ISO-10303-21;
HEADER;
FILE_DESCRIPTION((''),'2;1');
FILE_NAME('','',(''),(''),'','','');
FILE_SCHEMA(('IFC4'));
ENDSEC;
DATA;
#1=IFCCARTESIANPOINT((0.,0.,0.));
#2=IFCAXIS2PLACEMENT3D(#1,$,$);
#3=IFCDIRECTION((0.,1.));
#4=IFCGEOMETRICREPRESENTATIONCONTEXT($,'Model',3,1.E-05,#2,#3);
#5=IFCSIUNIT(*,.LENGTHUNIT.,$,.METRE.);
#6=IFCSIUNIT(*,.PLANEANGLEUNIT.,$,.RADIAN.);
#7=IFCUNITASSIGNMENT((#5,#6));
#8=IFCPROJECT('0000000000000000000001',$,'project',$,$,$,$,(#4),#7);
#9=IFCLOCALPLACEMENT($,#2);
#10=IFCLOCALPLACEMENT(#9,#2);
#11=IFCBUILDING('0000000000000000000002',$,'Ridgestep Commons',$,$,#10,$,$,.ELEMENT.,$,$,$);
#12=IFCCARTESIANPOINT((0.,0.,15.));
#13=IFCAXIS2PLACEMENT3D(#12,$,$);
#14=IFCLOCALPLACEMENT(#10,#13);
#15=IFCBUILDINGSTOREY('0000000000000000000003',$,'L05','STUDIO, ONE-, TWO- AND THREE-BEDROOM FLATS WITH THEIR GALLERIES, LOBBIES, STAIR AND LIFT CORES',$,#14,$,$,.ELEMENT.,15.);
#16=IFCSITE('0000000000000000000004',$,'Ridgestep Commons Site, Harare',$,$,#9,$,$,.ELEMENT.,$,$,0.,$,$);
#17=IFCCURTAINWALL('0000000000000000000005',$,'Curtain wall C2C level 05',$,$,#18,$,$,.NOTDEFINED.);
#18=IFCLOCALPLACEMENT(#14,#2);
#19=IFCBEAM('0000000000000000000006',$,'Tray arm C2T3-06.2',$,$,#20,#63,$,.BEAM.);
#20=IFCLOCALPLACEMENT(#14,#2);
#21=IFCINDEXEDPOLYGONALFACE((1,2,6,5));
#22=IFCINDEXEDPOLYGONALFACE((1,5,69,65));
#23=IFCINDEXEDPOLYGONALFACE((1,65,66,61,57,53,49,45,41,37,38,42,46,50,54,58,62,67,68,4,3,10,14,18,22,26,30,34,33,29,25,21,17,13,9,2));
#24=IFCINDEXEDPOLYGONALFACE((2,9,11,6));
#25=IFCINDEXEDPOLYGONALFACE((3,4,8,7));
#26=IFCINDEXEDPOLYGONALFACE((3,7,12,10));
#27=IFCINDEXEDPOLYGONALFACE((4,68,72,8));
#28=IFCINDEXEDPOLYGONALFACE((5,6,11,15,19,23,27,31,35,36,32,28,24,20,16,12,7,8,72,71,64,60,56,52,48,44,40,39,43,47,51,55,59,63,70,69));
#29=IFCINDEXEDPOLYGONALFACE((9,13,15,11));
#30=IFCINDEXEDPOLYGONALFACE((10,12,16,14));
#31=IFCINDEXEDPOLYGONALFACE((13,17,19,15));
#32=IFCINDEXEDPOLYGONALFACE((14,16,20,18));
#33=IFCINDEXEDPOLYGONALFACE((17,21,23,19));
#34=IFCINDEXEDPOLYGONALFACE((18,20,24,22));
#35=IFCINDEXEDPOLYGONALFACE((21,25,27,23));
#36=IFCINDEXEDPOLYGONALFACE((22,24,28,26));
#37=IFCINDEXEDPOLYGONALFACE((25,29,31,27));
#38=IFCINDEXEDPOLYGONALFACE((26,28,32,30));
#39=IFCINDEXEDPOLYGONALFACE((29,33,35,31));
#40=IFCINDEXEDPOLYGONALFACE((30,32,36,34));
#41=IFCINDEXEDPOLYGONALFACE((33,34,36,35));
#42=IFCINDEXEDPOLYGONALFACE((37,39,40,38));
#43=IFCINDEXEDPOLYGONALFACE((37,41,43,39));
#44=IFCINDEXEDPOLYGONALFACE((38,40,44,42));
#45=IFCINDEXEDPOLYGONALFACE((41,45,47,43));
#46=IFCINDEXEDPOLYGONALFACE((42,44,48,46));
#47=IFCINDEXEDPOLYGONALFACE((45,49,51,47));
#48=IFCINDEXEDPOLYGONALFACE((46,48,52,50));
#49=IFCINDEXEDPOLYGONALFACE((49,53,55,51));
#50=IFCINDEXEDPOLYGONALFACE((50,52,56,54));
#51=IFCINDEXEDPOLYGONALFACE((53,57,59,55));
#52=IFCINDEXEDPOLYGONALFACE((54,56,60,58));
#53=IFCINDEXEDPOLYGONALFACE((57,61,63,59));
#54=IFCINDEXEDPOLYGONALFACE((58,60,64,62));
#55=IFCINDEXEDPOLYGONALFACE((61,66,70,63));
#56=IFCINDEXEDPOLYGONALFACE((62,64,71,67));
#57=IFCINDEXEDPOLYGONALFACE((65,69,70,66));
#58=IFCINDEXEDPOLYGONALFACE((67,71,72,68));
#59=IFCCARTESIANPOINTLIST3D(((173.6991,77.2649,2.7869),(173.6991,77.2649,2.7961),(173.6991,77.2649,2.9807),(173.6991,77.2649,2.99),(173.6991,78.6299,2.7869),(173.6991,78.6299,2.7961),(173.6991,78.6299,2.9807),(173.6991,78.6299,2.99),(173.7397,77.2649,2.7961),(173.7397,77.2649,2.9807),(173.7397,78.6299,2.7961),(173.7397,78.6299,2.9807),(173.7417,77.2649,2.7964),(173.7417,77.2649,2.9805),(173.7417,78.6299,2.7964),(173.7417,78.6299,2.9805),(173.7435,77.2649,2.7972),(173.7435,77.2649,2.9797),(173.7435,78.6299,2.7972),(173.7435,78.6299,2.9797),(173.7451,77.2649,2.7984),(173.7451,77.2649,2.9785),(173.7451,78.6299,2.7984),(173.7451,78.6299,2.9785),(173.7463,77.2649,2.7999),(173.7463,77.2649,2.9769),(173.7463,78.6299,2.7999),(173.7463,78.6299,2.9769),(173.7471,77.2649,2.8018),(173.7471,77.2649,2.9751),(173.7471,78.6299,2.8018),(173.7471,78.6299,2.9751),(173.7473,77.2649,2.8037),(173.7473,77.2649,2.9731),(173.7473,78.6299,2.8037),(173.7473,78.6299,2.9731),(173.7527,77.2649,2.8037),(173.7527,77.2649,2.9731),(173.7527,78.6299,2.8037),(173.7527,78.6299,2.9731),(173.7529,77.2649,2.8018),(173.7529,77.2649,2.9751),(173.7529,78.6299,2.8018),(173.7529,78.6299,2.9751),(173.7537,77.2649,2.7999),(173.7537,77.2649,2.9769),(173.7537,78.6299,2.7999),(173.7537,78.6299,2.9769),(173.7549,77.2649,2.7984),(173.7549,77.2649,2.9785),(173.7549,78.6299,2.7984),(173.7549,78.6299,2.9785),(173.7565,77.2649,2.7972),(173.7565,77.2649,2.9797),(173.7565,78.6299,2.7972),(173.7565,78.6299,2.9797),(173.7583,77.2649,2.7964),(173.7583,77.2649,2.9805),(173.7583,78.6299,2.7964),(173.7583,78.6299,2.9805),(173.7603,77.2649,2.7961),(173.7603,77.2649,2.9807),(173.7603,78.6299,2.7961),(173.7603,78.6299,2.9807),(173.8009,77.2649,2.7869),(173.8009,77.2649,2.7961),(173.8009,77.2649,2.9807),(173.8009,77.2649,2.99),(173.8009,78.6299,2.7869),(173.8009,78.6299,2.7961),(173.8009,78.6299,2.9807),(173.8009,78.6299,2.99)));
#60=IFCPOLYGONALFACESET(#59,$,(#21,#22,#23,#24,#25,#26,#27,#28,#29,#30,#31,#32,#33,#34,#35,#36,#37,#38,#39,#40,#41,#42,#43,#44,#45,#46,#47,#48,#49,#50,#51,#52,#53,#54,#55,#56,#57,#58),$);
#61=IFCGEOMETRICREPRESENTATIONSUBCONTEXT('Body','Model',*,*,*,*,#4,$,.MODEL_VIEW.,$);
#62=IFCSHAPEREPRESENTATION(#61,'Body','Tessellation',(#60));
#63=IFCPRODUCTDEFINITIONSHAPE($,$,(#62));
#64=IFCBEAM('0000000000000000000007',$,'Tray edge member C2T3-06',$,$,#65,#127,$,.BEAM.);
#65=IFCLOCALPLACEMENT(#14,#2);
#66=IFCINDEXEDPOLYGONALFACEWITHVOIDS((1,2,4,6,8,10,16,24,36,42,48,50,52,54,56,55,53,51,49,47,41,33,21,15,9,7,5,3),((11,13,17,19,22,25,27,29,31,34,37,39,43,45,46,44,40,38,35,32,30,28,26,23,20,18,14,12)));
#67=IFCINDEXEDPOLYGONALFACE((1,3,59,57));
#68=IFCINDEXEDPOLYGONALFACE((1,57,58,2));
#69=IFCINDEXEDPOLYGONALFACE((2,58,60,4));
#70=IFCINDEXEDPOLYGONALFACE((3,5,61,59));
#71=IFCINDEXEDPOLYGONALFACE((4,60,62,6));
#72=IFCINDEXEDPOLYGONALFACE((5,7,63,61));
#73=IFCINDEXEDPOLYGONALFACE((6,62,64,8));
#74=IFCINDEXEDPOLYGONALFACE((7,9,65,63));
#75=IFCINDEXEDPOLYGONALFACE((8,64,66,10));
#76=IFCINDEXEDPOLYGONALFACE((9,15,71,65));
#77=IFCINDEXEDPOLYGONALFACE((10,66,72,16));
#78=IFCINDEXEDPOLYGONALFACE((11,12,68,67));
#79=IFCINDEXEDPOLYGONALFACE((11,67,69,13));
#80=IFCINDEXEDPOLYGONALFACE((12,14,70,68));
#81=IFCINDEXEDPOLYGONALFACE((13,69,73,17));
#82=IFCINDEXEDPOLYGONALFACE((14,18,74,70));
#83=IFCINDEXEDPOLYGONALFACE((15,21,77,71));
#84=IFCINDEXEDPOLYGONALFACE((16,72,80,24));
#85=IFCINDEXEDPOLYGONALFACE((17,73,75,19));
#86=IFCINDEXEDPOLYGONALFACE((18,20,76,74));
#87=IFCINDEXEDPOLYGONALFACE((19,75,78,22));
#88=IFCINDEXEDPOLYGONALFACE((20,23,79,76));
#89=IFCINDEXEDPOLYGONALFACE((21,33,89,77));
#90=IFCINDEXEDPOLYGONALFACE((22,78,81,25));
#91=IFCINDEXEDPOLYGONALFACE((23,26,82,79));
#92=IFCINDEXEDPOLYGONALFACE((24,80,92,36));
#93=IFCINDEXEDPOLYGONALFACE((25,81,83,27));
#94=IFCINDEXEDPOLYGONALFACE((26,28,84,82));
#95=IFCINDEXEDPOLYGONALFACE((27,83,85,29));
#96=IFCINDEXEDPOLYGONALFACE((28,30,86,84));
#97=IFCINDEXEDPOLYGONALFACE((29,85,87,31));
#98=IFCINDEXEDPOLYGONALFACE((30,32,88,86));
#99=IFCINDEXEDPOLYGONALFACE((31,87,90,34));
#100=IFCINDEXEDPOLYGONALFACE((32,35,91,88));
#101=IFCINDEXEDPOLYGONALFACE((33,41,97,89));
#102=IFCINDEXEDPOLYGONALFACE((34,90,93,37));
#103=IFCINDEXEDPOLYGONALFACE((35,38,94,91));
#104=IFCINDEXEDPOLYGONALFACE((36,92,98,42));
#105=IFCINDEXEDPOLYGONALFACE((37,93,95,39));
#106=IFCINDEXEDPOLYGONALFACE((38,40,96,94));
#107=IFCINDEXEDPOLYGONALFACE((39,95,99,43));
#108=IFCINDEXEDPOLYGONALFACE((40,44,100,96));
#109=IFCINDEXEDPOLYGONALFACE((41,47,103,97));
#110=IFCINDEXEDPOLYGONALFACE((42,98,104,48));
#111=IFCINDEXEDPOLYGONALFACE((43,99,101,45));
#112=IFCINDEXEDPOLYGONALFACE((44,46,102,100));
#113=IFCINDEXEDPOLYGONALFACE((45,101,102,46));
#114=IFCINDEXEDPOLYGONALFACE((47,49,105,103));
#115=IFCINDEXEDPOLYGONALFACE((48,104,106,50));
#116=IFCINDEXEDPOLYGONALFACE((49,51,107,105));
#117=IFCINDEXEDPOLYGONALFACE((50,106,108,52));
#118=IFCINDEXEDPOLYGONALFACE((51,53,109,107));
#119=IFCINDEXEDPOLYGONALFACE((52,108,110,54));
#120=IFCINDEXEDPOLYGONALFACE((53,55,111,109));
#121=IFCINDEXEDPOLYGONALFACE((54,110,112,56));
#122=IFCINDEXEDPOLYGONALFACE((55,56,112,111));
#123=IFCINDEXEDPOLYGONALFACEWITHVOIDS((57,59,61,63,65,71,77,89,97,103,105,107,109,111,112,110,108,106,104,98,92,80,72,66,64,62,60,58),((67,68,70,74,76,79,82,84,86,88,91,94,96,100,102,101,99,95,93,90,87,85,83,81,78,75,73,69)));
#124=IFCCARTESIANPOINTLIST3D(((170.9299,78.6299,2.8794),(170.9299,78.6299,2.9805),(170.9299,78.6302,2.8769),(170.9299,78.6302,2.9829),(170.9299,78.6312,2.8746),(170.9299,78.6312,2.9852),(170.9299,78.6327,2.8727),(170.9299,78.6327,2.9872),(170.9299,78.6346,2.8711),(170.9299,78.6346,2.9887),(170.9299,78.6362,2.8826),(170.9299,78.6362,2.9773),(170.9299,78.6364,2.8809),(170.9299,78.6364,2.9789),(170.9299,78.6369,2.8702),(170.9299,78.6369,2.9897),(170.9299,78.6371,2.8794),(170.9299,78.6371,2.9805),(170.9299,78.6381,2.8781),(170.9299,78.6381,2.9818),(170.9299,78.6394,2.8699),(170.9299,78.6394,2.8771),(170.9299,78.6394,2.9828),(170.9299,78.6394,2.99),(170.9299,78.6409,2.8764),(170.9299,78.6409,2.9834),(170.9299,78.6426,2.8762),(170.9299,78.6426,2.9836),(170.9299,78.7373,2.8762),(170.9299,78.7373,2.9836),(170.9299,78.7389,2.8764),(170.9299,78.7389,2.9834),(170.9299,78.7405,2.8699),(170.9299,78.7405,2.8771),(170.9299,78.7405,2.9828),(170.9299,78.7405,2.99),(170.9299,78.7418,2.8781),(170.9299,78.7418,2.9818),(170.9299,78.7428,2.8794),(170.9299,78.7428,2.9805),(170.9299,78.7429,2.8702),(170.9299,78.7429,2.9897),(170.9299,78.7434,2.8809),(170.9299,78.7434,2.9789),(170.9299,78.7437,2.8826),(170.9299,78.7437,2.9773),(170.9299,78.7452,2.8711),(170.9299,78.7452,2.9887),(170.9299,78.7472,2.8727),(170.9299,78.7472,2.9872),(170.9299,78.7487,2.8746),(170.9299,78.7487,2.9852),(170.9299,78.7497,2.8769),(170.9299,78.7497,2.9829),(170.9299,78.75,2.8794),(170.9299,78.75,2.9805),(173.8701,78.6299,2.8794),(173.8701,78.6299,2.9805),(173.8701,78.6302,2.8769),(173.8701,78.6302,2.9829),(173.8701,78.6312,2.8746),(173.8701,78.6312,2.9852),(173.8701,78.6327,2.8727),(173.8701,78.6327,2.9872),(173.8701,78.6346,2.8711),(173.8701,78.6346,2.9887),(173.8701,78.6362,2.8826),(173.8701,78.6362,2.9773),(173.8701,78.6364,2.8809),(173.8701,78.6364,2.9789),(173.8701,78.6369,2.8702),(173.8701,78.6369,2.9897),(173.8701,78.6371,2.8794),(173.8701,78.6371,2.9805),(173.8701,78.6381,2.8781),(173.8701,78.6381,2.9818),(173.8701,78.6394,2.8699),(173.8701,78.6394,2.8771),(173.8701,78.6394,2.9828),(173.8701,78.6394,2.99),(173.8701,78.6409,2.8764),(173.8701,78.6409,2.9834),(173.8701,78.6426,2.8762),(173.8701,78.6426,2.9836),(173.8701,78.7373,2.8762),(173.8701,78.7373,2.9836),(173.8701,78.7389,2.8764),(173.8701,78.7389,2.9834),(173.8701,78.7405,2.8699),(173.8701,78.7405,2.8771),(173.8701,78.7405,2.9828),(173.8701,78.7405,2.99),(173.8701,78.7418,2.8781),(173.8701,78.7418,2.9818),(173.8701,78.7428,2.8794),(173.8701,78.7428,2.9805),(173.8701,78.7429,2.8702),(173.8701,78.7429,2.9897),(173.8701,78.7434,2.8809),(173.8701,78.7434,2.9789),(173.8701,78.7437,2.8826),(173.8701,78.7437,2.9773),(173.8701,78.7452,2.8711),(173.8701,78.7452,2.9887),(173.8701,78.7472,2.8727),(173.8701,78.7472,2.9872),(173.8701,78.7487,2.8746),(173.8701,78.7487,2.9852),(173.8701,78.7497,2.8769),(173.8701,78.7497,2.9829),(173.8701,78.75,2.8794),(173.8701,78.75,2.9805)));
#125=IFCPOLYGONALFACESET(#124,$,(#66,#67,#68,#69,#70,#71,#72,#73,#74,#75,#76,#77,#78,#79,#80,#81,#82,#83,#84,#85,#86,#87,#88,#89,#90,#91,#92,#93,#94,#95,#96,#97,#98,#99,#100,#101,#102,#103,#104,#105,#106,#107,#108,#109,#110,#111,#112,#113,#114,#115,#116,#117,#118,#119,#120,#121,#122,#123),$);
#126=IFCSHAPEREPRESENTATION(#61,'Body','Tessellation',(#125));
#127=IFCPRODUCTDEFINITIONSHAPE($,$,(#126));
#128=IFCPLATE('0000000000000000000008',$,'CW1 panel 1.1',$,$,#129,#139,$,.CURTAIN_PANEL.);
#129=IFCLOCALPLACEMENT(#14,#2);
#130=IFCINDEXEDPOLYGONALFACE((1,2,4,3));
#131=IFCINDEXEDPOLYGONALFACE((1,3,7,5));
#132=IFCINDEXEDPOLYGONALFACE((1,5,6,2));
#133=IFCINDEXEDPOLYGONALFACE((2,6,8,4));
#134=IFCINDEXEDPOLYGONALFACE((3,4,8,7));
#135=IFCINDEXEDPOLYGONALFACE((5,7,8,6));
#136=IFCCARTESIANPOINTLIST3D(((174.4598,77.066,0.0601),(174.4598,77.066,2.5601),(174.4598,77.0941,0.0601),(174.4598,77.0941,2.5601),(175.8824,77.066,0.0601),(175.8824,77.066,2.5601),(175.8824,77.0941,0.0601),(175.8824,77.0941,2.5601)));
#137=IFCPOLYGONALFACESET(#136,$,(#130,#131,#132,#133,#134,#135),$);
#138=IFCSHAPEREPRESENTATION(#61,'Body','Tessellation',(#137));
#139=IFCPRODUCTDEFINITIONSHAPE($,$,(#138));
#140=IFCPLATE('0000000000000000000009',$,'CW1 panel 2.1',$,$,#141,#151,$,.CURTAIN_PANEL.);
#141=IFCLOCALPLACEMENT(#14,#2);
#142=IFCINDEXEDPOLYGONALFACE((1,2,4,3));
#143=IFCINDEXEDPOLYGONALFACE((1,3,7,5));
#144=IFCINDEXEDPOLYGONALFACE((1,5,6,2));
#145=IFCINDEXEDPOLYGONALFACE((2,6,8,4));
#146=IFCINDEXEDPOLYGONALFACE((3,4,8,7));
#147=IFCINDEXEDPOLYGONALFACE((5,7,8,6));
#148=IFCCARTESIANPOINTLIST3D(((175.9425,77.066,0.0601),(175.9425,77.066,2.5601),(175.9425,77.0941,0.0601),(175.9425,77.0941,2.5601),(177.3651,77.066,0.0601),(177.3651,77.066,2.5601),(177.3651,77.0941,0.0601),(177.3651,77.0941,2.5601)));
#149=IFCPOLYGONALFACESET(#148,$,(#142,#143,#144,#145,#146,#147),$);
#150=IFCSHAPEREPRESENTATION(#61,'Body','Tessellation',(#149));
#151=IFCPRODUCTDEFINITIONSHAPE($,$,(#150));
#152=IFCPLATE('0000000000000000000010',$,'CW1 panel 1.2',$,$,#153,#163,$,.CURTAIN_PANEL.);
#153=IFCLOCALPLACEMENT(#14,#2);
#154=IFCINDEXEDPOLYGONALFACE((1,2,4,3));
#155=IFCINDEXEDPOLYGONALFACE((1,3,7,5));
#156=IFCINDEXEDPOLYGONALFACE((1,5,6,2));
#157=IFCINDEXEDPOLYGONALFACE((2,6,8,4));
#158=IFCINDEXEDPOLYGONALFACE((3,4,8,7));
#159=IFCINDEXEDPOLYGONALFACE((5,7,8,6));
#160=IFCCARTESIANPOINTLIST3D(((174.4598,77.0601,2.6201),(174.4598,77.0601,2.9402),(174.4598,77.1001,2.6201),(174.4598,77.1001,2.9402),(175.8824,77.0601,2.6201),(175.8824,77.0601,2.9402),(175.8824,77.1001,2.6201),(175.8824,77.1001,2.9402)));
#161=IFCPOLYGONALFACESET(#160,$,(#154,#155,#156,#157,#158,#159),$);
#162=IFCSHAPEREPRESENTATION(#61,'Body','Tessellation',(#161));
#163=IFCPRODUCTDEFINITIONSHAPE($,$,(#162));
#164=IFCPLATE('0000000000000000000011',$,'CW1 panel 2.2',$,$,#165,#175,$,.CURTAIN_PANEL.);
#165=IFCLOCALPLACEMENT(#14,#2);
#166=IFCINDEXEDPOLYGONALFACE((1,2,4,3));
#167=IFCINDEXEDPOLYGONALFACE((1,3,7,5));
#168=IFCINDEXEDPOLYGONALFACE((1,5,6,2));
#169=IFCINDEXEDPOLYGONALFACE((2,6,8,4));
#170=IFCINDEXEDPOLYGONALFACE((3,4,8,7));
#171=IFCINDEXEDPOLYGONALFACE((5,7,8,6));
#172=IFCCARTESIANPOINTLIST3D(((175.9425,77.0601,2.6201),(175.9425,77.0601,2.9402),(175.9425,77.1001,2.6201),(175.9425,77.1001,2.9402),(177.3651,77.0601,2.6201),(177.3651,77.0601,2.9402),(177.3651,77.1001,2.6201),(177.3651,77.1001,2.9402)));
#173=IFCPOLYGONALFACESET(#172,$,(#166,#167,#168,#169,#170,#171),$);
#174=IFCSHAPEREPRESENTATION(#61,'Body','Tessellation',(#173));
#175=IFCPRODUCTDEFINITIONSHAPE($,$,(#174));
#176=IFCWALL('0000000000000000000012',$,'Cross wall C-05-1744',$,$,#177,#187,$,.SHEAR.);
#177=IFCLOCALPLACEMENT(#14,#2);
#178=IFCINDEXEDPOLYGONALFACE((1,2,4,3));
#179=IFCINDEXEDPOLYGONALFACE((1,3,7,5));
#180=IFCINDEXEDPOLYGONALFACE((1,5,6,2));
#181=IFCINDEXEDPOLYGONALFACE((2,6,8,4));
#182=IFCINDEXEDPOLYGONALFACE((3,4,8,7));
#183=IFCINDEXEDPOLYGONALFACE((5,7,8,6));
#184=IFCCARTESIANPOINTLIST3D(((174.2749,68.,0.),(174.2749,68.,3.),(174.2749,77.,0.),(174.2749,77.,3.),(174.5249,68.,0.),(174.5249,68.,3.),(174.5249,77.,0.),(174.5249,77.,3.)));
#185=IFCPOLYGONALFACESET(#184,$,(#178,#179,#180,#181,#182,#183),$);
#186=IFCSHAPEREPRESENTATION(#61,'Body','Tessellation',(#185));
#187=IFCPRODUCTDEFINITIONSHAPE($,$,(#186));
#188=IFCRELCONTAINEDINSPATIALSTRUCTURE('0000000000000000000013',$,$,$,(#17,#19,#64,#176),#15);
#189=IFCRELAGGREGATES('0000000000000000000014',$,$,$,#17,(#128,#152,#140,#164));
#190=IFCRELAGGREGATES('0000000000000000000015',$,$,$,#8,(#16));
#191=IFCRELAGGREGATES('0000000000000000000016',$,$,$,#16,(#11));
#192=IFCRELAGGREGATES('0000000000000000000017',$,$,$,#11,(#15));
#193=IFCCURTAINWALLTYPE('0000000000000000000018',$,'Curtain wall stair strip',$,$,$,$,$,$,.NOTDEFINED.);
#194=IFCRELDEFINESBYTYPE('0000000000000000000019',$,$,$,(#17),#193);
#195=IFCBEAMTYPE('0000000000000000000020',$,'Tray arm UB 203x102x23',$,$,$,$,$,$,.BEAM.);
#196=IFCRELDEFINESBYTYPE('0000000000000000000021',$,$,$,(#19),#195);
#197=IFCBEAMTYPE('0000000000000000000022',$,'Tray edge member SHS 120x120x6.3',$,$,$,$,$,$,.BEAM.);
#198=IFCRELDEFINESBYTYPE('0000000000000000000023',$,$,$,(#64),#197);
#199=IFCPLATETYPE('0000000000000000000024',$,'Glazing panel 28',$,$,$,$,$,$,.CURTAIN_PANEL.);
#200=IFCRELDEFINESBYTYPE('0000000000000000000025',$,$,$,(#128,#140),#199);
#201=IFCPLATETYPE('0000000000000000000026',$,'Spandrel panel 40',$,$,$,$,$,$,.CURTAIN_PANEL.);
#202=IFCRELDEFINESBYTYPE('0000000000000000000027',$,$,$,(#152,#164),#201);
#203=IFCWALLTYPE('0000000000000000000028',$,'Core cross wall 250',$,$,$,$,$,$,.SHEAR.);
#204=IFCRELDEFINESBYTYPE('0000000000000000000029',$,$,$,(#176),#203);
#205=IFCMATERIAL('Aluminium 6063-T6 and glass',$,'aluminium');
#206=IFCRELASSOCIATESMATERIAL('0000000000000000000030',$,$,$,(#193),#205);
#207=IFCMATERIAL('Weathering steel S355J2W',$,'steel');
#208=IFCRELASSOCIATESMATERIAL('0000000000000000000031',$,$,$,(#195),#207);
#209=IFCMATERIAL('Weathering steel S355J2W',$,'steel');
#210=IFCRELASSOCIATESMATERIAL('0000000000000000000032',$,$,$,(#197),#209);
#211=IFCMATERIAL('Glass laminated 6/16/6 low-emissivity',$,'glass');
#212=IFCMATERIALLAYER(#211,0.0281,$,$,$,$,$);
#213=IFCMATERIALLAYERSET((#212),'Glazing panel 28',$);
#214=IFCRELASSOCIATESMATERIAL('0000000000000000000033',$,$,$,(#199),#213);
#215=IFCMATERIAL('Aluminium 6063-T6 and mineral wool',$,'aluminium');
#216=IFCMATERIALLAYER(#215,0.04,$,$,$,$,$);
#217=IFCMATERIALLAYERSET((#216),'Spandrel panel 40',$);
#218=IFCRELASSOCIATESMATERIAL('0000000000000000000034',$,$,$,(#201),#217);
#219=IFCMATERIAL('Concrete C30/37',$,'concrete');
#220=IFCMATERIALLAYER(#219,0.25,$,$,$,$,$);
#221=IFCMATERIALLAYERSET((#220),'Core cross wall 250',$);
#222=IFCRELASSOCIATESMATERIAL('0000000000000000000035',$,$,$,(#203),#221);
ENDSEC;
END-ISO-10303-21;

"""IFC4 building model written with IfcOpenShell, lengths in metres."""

from ifc_helpers import new_model, si_unit, direction, frame, frame_2d, origin, origin_2d, place, context, subcontext, project, spatial, rectangle, hollow_rectangle, i_section, extrude, material, layer, layer_set, material_profile, profile_set, type_object, element, aggregate, save


model = new_model("IFC4")

# Units and contexts
model_context = context("Model", 3, precision=1e-05, world=origin(), true_north=direction((0.0, 1.0)))
body_context = subcontext(model_context, "Body", "Model", "MODEL_VIEW")
ifc_project = project(units=[si_unit("LENGTHUNIT", "METRE"), si_unit("PLANEANGLEUNIT", "RADIAN")], contexts=[model_context])

# Site, building, storey
site_placement = place(None, origin())
site = spatial("IfcSite", under=ifc_project, at=site_placement, Name="Ridgestep Commons Site, Harare", CompositionType="ELEMENT", RefElevation=0.0)
building_placement = place(site_placement, origin())
building = spatial("IfcBuilding", under=site, at=building_placement, Name="Ridgestep Commons", CompositionType="ELEMENT")
storey_placement = place(building_placement, frame((0.0, 0.0, 15.0)))
storey = spatial("IfcBuildingStorey", under=building, at=storey_placement, Name="L05", Description="STUDIO, ONE-, TWO- AND THREE-BEDROOM FLATS WITH THEIR GALLERIES, LOBBIES, STAIR AND LIFT CORES", CompositionType="ELEMENT", Elevation=15.0)

# Curtain wall
ifc_material_1 = material(Name="Aluminium 6063-T6 and glass", Category="aluminium")
curtain_wall_type = type_object("IfcCurtainWallType", Name="Curtain wall stair strip", PredefinedType="NOTDEFINED", material=ifc_material_1)
curtain_wall_placement = place(storey_placement, origin())
curtain_wall = element("IfcCurtainWall", 1, at=curtain_wall_placement, inside=storey, type_object=curtain_wall_type, Name="Curtain wall C2C level 05", PredefinedType="NOTDEFINED")

# Beams
ifc_material_2 = material(Name="Weathering steel S355J2W", Category="steel")
ifc_material_profile_1 = material_profile(ifc_material_2, i_section(OverallWidth=0.1018, OverallDepth=0.2031, WebThickness=0.0054, FlangeThickness=0.0093, FilletRadius=0.0076, at=origin_2d()), Name="UB 203x102x23")
ifc_profile_set_1 = profile_set([ifc_material_profile_1], Name="Weathering steel S355J2W")
beam_type_1 = type_object("IfcBeamType", Name="Tray arm UB 203x102x23", PredefinedType="BEAM", material=ifc_profile_set_1)
for number, where, z_axis, x_axis, name in (
    (2, (173.75, 77.2649, 2.8884), (0.0, 1.0, 0.0), (-1.0, 0.0, 0.0), "Tray arm C2T3-06.2"),
):
    element("IfcBeam", number, at=place(storey_placement, frame(where, z_axis=z_axis, x_axis=x_axis)), inside=storey, type_object=beam_type_1, Name=name, PredefinedType="BEAM", context=body_context, shape_type="SweptSolid", body=[
        extrude(i_section(OverallWidth=0.1018, OverallDepth=0.2031, WebThickness=0.0054, FlangeThickness=0.0093, FilletRadius=0.0076, at=origin_2d()), origin(), (0.0, 0.0, 1.0), 1.365),
    ])
ifc_material_3 = material(Name="Weathering steel S355J2W", Category="steel")
ifc_material_profile_2 = material_profile(ifc_material_3, hollow_rectangle(XDim=0.1201, YDim=0.1201, WallThickness=0.0063, InnerFilletRadius=0.0063, OuterFilletRadius=0.0095, at=origin_2d()), Name="SHS 120x120x6.3")
ifc_profile_set_2 = profile_set([ifc_material_profile_2], Name="Weathering steel S355J2W")
beam_type_2 = type_object("IfcBeamType", Name="Tray edge member SHS 120x120x6.3", PredefinedType="BEAM", material=ifc_profile_set_2)
beam_1_placement = place(storey_placement, frame((170.9299, 78.6899, 2.9299), z_axis=(1.0, 0.0, 0.0), x_axis=(0.0, 0.0, 1.0)))
element("IfcBeam", 3, at=beam_1_placement, inside=storey, type_object=beam_type_2, Name="Tray edge member C2T3-06", PredefinedType="BEAM", context=body_context, shape_type="SweptSolid", body=[
    extrude(hollow_rectangle(XDim=0.1201, YDim=0.1201, WallThickness=0.0063, InnerFilletRadius=0.0063, OuterFilletRadius=0.0095, at=origin_2d()), origin(), (0.0, 0.0, 1.0), 2.9402),
])

# Plates
ifc_material_4 = material(Name="Glass laminated 6/16/6 low-emissivity", Category="glass")
ifc_layer_1 = layer(ifc_material_4, 0.0281)
ifc_layer_set_1 = layer_set([ifc_layer_1], Name="Glazing panel 28")
plate_type_1 = type_object("IfcPlateType", Name="Glazing panel 28", PredefinedType="CURTAIN_PANEL", material=ifc_layer_set_1)
plate_1_placement = place(storey_placement, frame((175.1711, 77.0801, 0.0601), z_axis=(0.0, 0.0, 1.0), x_axis=(1.0, 0.0, 0.0)))
plate_1 = element("IfcPlate", 4, at=plate_1_placement, type_object=plate_type_1, Name="CW1 panel 1.1", PredefinedType="CURTAIN_PANEL", context=body_context, shape_type="SweptSolid", body=[
    extrude(rectangle(XDim=1.4226, YDim=0.0281, at=origin_2d()), origin(), (0.0, 0.0, 1.0), 2.5),
])
plate_2_placement = place(storey_placement, frame((176.6538, 77.0801, 0.0601), z_axis=(0.0, 0.0, 1.0), x_axis=(1.0, 0.0, 0.0)))
plate_2 = element("IfcPlate", 5, at=plate_2_placement, type_object=plate_type_1, Name="CW1 panel 2.1", PredefinedType="CURTAIN_PANEL", context=body_context, shape_type="SweptSolid", body=[
    extrude(rectangle(XDim=1.4226, YDim=0.0281, at=origin_2d()), origin(), (0.0, 0.0, 1.0), 2.5),
])
ifc_material_5 = material(Name="Aluminium 6063-T6 and mineral wool", Category="aluminium")
ifc_layer_2 = layer(ifc_material_5, 0.04)
ifc_layer_set_2 = layer_set([ifc_layer_2], Name="Spandrel panel 40")
plate_type_2 = type_object("IfcPlateType", Name="Spandrel panel 40", PredefinedType="CURTAIN_PANEL", material=ifc_layer_set_2)
plate_3_placement = place(storey_placement, frame((175.1711, 77.0801, 2.6201), z_axis=(0.0, 0.0, 1.0), x_axis=(1.0, 0.0, 0.0)))
plate_3 = element("IfcPlate", 6, at=plate_3_placement, type_object=plate_type_2, Name="CW1 panel 1.2", PredefinedType="CURTAIN_PANEL", context=body_context, shape_type="SweptSolid", body=[
    extrude(rectangle(XDim=1.4226, YDim=0.04, at=origin_2d()), origin(), (0.0, 0.0, 1.0), 0.3201),
])
plate_4_placement = place(storey_placement, frame((176.6538, 77.0801, 2.6201), z_axis=(0.0, 0.0, 1.0), x_axis=(1.0, 0.0, 0.0)))
plate_4 = element("IfcPlate", 7, at=plate_4_placement, type_object=plate_type_2, Name="CW1 panel 2.2", PredefinedType="CURTAIN_PANEL", context=body_context, shape_type="SweptSolid", body=[
    extrude(rectangle(XDim=1.4226, YDim=0.04, at=origin_2d()), origin(), (0.0, 0.0, 1.0), 0.3201),
])
aggregate(curtain_wall, [plate_1, plate_3, plate_2, plate_4])

# Wall
ifc_material_6 = material(Name="Concrete C30/37", Category="concrete")
ifc_layer_3 = layer(ifc_material_6, 0.25)
ifc_layer_set_3 = layer_set([ifc_layer_3], Name="Core cross wall 250")
wall_type_1 = type_object("IfcWallType", Name="Core cross wall 250", PredefinedType="SHEAR", material=ifc_layer_set_3)
wall_1_placement = place(storey_placement, frame((174.3999, 68.0, 0.0), z_axis=(0.0, 0.0, 1.0), x_axis=(0.0, 1.0, 0.0)))
element("IfcWall", 8, at=wall_1_placement, inside=storey, type_object=wall_type_1, Name="Cross wall C-05-1744", PredefinedType="SHEAR", context=body_context, shape_type="SweptSolid", body=[
    extrude(rectangle(XDim=9.0, YDim=0.25, at=frame_2d((4.5, 0.0))), origin(), (0.0, 0.0, 1.0), 3.0),
])

save(model, "model.ifc")
